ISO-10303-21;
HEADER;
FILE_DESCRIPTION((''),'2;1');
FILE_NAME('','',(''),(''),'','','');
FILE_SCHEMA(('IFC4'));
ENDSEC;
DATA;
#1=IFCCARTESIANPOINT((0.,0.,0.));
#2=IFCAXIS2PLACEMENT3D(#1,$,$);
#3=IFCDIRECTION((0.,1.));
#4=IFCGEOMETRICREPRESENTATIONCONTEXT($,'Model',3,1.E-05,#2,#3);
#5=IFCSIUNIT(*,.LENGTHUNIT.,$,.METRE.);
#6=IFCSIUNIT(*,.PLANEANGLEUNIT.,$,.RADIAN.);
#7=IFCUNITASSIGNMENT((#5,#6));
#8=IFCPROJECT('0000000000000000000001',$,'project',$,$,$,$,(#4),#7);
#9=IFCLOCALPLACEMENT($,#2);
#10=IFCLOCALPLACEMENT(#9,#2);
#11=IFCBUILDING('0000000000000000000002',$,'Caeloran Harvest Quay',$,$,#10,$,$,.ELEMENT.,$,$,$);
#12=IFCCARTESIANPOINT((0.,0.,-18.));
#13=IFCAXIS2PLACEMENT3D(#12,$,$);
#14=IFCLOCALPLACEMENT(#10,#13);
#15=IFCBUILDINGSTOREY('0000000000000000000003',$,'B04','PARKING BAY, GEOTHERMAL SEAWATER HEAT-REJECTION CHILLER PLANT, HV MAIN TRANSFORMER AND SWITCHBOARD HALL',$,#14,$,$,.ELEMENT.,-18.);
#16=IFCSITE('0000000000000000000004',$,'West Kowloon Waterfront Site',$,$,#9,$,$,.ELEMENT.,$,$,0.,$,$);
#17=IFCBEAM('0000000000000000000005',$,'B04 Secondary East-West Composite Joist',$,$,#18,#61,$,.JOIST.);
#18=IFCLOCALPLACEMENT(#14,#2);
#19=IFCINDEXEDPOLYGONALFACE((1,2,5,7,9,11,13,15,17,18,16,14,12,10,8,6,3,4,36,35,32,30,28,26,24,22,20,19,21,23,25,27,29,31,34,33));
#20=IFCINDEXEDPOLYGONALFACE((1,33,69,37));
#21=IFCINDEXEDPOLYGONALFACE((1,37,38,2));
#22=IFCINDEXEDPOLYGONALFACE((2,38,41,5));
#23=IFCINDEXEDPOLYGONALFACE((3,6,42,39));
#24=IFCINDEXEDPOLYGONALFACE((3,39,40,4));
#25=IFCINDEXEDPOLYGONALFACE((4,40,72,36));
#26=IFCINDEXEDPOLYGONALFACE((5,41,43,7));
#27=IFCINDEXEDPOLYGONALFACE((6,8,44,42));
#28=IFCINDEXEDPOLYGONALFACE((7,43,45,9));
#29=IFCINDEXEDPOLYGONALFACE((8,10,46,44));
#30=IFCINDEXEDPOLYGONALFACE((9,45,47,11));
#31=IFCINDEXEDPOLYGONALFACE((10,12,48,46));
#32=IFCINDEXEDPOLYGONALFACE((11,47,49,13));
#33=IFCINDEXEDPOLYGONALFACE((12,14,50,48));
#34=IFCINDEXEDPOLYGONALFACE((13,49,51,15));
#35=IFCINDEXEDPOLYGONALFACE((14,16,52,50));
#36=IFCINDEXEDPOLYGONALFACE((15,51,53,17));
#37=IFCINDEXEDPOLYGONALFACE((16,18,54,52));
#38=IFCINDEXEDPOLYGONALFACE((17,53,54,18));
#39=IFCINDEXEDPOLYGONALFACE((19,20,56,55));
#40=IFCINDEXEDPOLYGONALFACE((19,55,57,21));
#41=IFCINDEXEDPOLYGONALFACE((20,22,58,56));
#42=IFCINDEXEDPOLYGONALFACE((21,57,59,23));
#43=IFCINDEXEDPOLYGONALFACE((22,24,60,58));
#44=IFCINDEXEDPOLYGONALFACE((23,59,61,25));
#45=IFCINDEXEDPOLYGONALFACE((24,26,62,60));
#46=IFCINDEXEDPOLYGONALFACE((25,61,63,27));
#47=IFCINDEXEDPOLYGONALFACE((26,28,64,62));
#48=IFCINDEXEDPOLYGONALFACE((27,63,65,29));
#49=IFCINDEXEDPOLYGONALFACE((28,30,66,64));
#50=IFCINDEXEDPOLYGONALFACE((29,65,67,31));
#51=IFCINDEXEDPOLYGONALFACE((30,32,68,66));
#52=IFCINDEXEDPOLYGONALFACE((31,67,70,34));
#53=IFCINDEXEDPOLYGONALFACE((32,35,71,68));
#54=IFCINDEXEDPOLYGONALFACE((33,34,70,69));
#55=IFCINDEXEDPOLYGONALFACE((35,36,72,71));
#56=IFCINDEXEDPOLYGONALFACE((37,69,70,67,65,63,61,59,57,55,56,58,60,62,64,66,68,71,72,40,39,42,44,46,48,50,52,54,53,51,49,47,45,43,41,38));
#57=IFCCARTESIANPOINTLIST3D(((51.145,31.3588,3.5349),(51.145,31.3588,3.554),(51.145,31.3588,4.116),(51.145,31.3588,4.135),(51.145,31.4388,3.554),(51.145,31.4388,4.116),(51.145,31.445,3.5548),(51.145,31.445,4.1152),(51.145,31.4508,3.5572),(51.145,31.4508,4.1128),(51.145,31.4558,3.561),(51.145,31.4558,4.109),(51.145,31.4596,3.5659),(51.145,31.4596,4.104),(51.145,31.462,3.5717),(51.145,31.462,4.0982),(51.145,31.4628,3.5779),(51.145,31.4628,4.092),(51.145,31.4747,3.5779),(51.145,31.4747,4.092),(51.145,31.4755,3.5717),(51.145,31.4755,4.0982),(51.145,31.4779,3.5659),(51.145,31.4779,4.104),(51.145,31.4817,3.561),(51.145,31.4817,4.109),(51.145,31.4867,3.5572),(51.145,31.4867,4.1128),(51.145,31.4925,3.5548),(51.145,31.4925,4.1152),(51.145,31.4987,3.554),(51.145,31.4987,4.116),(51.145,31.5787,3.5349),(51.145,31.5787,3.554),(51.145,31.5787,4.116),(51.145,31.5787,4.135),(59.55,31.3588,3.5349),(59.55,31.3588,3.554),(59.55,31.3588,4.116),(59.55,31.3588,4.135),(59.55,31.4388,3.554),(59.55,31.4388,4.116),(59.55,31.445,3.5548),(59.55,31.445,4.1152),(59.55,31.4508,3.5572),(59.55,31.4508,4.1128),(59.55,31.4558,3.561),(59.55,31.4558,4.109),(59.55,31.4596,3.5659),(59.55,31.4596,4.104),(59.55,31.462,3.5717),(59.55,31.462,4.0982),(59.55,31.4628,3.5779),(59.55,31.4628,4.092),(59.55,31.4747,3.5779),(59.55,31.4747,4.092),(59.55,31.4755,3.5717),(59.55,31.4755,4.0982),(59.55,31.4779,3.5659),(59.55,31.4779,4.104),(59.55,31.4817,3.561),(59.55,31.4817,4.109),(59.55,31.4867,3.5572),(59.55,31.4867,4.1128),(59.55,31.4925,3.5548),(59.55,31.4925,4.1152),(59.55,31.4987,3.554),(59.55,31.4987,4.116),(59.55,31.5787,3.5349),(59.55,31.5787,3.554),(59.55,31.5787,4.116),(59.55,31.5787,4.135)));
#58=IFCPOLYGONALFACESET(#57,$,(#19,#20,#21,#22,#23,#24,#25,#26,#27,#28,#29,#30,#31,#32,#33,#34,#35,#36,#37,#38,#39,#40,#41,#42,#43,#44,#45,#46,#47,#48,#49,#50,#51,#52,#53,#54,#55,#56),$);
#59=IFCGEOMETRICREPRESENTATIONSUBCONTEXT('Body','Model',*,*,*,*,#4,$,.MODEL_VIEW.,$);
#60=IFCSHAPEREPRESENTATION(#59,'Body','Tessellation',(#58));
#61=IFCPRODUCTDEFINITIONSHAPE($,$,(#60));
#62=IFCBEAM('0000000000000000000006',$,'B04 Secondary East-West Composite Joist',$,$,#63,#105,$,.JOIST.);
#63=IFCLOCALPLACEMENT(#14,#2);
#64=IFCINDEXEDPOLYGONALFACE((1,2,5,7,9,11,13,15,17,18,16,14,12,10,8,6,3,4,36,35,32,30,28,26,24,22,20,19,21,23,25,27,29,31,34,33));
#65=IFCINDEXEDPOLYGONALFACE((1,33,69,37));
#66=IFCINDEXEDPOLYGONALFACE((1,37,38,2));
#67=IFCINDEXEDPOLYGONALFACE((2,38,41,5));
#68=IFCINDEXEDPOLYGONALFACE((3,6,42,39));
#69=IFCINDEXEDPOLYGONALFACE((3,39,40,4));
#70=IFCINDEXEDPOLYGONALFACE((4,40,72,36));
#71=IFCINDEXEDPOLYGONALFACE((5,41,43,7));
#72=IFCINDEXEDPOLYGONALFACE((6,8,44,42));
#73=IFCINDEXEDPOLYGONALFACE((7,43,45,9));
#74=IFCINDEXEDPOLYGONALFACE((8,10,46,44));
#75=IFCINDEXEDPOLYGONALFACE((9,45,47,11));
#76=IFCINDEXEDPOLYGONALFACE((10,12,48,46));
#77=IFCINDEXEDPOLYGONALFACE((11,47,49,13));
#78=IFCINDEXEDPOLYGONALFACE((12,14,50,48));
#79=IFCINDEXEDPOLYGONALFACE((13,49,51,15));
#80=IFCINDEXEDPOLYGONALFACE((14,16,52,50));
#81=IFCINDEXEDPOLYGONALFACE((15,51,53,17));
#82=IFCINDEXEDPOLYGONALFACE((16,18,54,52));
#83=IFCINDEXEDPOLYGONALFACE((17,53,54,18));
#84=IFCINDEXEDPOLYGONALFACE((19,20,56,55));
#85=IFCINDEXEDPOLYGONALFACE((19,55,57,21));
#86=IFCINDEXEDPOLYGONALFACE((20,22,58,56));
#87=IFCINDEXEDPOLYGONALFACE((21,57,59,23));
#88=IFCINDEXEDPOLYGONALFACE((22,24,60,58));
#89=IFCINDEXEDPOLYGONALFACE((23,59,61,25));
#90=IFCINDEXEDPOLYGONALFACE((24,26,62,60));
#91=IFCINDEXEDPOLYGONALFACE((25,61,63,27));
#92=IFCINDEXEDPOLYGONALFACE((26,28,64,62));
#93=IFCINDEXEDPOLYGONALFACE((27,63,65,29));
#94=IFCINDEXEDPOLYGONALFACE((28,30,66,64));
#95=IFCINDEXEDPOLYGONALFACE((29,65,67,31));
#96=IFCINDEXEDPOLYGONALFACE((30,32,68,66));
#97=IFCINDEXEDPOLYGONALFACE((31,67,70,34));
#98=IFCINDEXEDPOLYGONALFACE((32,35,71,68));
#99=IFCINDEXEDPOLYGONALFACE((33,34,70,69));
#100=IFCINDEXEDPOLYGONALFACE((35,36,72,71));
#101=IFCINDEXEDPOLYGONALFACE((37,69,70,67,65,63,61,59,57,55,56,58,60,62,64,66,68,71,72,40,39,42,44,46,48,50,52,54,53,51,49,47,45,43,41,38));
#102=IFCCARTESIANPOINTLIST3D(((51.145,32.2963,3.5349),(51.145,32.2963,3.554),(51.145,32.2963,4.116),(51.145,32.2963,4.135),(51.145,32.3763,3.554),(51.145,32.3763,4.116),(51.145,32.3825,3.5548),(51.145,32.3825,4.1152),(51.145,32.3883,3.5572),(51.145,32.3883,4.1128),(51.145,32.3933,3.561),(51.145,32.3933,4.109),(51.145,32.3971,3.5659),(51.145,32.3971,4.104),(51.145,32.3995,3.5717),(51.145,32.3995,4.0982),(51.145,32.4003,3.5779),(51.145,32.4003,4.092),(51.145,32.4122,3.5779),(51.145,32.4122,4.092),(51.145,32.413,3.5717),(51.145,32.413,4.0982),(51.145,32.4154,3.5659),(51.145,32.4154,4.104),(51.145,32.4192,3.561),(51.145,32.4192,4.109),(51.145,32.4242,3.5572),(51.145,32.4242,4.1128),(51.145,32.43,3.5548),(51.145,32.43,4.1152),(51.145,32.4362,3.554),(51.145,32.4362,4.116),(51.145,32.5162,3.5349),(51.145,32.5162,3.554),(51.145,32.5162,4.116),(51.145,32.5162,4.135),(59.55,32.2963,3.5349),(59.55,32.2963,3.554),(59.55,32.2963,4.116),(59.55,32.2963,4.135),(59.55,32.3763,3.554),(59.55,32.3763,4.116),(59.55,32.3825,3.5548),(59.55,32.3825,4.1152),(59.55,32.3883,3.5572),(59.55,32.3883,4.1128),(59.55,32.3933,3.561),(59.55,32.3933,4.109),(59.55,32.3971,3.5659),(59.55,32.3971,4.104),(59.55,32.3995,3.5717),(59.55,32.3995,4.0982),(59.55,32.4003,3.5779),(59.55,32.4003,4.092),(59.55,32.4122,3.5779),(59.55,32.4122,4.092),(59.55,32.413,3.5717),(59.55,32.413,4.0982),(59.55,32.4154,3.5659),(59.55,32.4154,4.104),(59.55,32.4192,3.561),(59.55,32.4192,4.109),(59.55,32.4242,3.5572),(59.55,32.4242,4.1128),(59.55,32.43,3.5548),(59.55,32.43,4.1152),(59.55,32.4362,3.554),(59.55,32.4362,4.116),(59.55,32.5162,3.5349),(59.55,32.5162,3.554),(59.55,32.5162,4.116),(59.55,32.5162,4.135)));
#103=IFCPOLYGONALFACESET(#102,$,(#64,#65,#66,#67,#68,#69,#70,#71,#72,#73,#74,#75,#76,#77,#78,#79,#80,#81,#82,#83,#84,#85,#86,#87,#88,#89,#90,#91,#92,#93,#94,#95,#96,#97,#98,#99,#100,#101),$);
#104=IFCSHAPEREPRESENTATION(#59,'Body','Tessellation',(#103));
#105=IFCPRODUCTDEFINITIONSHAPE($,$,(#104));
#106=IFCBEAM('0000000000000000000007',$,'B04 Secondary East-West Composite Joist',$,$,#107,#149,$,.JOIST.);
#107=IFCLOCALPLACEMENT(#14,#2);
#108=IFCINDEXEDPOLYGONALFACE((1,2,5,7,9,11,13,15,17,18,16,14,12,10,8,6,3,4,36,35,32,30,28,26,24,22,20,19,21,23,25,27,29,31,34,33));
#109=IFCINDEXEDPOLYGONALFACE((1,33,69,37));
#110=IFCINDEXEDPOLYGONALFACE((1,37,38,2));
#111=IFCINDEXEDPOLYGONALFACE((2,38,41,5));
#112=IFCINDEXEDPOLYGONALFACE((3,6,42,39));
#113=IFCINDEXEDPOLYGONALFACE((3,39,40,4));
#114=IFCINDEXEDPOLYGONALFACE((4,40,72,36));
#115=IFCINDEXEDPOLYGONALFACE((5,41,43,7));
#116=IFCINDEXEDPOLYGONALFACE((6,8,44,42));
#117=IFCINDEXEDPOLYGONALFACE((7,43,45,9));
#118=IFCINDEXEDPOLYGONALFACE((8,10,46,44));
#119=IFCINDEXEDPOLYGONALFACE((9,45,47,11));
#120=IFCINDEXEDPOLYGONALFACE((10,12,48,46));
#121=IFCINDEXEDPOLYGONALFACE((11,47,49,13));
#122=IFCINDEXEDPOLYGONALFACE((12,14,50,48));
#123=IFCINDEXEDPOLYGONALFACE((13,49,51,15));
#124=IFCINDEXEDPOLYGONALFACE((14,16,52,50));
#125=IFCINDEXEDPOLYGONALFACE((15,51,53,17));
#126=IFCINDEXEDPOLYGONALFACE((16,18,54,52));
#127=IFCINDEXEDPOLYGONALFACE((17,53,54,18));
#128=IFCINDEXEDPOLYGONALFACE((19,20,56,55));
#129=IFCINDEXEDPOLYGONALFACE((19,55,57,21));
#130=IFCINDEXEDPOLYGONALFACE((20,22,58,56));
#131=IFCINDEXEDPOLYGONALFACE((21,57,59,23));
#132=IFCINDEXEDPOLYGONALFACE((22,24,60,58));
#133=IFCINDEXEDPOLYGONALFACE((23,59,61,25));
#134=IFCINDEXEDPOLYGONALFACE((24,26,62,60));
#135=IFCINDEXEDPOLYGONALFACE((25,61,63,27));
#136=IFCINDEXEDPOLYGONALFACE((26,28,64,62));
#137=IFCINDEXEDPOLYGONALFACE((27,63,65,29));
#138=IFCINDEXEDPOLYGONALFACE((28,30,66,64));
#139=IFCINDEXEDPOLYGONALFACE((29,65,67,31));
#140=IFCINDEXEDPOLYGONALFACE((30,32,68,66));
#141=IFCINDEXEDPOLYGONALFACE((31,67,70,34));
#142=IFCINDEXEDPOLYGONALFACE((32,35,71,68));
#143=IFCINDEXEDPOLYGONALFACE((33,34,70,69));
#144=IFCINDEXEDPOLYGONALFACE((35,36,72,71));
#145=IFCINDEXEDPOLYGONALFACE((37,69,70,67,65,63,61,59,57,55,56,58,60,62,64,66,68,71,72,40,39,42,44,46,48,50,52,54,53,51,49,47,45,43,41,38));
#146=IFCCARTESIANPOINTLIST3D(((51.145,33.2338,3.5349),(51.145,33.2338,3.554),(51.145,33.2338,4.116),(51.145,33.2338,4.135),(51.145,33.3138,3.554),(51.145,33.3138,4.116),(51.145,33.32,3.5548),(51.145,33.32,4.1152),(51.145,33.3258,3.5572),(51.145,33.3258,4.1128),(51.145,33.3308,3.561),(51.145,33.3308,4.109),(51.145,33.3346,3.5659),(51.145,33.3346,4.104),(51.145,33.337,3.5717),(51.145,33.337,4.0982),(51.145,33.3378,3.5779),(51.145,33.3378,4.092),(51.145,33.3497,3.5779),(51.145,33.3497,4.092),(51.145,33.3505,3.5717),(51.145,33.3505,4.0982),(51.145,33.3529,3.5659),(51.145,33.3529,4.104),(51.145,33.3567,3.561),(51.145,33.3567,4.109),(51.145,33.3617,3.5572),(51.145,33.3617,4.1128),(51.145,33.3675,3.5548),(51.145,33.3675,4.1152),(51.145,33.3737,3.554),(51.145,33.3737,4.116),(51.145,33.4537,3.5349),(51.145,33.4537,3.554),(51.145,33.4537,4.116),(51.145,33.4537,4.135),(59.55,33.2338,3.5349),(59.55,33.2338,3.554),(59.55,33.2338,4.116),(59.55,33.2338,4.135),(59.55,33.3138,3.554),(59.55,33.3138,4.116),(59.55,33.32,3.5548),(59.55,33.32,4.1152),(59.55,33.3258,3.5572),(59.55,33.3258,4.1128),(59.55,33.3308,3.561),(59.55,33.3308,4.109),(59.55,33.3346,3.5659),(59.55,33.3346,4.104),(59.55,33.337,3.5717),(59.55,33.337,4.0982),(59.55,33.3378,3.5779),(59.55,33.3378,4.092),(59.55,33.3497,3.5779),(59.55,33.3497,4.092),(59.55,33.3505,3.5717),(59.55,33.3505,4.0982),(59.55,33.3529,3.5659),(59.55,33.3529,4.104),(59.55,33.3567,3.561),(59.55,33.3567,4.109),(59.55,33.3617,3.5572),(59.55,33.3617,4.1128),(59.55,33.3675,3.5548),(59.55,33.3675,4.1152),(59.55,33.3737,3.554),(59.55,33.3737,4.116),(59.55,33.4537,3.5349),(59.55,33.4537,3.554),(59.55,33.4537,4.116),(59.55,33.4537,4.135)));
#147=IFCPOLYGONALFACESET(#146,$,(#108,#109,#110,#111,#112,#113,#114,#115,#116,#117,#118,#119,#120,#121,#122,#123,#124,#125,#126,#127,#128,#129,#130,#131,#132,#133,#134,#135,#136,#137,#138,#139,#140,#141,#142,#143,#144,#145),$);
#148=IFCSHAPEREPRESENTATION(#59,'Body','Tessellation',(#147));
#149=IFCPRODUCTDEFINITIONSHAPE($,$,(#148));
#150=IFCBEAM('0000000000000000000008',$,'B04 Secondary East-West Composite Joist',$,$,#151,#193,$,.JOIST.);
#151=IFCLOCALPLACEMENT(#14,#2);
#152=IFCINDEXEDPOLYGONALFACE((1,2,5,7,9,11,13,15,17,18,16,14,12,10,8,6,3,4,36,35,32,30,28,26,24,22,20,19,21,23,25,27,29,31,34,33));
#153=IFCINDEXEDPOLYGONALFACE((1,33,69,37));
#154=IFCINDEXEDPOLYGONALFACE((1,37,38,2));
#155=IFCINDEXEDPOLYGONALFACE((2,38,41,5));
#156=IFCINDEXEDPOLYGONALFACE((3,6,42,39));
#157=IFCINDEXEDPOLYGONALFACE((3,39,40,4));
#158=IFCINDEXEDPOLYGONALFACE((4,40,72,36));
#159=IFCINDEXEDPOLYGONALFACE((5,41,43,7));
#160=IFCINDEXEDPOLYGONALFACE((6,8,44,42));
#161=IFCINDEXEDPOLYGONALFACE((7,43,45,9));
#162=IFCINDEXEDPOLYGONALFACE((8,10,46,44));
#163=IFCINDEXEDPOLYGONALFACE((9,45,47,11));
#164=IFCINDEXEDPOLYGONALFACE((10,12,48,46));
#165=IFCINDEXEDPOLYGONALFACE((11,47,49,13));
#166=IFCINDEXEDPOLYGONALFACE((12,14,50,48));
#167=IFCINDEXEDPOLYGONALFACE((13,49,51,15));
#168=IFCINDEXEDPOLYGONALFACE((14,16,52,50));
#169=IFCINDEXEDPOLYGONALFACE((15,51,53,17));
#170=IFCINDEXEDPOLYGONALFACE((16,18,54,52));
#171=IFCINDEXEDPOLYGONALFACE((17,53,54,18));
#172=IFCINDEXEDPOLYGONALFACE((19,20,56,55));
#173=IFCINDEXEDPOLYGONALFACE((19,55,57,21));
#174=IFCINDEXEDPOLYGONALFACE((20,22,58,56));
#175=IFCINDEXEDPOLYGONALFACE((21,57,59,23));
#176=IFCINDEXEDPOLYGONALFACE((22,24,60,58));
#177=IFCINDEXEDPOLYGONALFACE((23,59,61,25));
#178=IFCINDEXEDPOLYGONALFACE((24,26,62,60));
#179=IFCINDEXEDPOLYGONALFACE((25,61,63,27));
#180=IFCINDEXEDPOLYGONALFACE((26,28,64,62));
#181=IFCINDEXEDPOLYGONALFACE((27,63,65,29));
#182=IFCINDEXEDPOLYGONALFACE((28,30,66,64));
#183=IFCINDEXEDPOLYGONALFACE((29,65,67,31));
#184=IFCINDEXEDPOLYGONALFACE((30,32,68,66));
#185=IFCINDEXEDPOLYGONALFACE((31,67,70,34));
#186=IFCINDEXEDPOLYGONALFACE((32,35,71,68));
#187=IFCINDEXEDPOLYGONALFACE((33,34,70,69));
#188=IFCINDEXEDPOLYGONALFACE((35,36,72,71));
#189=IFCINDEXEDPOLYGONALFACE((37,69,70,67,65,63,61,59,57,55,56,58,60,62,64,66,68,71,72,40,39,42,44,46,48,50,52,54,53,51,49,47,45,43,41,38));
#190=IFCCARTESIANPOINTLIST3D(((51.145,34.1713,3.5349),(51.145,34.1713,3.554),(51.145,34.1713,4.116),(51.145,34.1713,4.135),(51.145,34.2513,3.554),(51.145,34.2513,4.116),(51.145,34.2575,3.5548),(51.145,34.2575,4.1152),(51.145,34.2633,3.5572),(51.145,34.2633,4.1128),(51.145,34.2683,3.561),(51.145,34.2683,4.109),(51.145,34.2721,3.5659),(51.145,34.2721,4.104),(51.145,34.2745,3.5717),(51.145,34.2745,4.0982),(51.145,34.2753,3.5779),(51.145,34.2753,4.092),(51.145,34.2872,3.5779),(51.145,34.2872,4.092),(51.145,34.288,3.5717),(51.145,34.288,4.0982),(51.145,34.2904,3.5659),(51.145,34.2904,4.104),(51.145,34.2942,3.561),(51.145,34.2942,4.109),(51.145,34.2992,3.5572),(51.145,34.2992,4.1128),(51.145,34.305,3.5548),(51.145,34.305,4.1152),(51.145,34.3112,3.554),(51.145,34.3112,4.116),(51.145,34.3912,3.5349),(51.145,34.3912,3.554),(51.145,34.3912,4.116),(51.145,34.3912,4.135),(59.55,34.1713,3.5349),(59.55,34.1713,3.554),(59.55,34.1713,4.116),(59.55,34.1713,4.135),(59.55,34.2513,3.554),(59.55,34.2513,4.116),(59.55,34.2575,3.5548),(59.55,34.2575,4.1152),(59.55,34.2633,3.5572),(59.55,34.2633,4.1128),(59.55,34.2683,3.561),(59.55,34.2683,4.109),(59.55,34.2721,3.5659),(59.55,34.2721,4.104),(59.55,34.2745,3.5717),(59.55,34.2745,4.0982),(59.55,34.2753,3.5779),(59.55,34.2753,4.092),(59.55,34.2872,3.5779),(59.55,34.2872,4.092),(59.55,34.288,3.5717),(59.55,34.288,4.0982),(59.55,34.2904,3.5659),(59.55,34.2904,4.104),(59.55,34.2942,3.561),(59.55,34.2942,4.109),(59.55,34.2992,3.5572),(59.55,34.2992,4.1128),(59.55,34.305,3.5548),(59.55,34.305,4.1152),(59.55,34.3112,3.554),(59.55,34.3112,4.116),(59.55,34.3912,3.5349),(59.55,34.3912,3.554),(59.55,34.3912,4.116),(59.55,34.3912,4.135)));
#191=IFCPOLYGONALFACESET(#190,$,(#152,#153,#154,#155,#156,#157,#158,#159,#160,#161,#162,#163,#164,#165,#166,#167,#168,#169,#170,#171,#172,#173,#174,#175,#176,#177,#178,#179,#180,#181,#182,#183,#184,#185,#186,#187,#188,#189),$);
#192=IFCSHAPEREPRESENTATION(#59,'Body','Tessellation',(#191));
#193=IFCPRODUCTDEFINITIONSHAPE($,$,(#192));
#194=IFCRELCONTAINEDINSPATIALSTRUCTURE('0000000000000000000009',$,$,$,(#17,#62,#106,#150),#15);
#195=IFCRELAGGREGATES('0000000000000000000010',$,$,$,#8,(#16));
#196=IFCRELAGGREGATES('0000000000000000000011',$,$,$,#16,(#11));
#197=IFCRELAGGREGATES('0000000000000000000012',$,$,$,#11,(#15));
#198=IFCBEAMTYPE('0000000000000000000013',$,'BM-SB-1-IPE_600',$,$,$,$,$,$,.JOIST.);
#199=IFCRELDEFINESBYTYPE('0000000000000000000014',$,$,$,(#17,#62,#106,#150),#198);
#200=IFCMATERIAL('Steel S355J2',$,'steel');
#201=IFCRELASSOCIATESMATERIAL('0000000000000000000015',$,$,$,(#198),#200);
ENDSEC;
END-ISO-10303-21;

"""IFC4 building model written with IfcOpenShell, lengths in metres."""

from ifc_helpers import new_model, si_unit, direction, frame, origin, origin_2d, place, context, subcontext, project, spatial, i_section, extrude, material, material_profile, profile_set, type_object, element, save


model = new_model("IFC4")

# Units and contexts
model_context = context("Model", 3, precision=1e-05, world=origin(), true_north=direction((0.0, 1.0)))
body_context = subcontext(model_context, "Body", "Model", "MODEL_VIEW")
ifc_project = project(units=[si_unit("LENGTHUNIT", "METRE"), si_unit("PLANEANGLEUNIT", "RADIAN")], contexts=[model_context])

# Site, building, storey
site_placement = place(None, origin())
site = spatial("IfcSite", under=ifc_project, at=site_placement, Name="West Kowloon Waterfront Site", CompositionType="ELEMENT", RefElevation=0.0)
building_placement = place(site_placement, origin())
building = spatial("IfcBuilding", under=site, at=building_placement, Name="Caeloran Harvest Quay", CompositionType="ELEMENT")
storey_placement = place(building_placement, frame((0.0, 0.0, -18.0)))
storey = spatial("IfcBuildingStorey", under=building, at=storey_placement, Name="B04", Description="PARKING BAY, GEOTHERMAL SEAWATER HEAT-REJECTION CHILLER PLANT, HV MAIN TRANSFORMER AND SWITCHBOARD HALL", CompositionType="ELEMENT", Elevation=-18.0)

# Beams
ifc_material_1 = material(Name="Steel S355J2", Category="steel")
ifc_material_profile_1 = material_profile(ifc_material_1, i_section(OverallWidth=0.22, OverallDepth=0.6001, WebThickness=0.012, FlangeThickness=0.019, FilletRadius=0.0239, at=origin_2d()), Name="IPE 600")
ifc_profile_set_1 = profile_set([ifc_material_profile_1], Name="Steel S355J2")
beam_type_1 = type_object("IfcBeamType", Name="BM-SB-1-IPE_600", PredefinedType="JOIST", material=ifc_profile_set_1)
for number, where, z_axis, x_axis, name in (
    (1, (51.145, 31.4688, 3.835), (1.0, 0.0, 0.0), (0.0, 1.0, 0.0), "B04 Secondary East-West Composite Joist"),
    (2, (51.145, 32.4062, 3.835), (1.0, 0.0, 0.0), (0.0, 1.0, 0.0), "B04 Secondary East-West Composite Joist"),
    (3, (51.145, 33.3438, 3.835), (1.0, 0.0, 0.0), (0.0, 1.0, 0.0), "B04 Secondary East-West Composite Joist"),
    (4, (51.145, 34.2812, 3.835), (1.0, 0.0, 0.0), (0.0, 1.0, 0.0), "B04 Secondary East-West Composite Joist"),
):
    element("IfcBeam", number, at=place(storey_placement, frame(where, z_axis=z_axis, x_axis=x_axis)), inside=storey, type_object=beam_type_1, Name=name, PredefinedType="JOIST", context=body_context, shape_type="SweptSolid", body=[
        extrude(i_section(OverallWidth=0.22, OverallDepth=0.6001, WebThickness=0.012, FlangeThickness=0.019, FilletRadius=0.0239, at=origin_2d()), origin(), (0.0, 0.0, 1.0), 8.405),
    ])

save(model, "model.ifc")
